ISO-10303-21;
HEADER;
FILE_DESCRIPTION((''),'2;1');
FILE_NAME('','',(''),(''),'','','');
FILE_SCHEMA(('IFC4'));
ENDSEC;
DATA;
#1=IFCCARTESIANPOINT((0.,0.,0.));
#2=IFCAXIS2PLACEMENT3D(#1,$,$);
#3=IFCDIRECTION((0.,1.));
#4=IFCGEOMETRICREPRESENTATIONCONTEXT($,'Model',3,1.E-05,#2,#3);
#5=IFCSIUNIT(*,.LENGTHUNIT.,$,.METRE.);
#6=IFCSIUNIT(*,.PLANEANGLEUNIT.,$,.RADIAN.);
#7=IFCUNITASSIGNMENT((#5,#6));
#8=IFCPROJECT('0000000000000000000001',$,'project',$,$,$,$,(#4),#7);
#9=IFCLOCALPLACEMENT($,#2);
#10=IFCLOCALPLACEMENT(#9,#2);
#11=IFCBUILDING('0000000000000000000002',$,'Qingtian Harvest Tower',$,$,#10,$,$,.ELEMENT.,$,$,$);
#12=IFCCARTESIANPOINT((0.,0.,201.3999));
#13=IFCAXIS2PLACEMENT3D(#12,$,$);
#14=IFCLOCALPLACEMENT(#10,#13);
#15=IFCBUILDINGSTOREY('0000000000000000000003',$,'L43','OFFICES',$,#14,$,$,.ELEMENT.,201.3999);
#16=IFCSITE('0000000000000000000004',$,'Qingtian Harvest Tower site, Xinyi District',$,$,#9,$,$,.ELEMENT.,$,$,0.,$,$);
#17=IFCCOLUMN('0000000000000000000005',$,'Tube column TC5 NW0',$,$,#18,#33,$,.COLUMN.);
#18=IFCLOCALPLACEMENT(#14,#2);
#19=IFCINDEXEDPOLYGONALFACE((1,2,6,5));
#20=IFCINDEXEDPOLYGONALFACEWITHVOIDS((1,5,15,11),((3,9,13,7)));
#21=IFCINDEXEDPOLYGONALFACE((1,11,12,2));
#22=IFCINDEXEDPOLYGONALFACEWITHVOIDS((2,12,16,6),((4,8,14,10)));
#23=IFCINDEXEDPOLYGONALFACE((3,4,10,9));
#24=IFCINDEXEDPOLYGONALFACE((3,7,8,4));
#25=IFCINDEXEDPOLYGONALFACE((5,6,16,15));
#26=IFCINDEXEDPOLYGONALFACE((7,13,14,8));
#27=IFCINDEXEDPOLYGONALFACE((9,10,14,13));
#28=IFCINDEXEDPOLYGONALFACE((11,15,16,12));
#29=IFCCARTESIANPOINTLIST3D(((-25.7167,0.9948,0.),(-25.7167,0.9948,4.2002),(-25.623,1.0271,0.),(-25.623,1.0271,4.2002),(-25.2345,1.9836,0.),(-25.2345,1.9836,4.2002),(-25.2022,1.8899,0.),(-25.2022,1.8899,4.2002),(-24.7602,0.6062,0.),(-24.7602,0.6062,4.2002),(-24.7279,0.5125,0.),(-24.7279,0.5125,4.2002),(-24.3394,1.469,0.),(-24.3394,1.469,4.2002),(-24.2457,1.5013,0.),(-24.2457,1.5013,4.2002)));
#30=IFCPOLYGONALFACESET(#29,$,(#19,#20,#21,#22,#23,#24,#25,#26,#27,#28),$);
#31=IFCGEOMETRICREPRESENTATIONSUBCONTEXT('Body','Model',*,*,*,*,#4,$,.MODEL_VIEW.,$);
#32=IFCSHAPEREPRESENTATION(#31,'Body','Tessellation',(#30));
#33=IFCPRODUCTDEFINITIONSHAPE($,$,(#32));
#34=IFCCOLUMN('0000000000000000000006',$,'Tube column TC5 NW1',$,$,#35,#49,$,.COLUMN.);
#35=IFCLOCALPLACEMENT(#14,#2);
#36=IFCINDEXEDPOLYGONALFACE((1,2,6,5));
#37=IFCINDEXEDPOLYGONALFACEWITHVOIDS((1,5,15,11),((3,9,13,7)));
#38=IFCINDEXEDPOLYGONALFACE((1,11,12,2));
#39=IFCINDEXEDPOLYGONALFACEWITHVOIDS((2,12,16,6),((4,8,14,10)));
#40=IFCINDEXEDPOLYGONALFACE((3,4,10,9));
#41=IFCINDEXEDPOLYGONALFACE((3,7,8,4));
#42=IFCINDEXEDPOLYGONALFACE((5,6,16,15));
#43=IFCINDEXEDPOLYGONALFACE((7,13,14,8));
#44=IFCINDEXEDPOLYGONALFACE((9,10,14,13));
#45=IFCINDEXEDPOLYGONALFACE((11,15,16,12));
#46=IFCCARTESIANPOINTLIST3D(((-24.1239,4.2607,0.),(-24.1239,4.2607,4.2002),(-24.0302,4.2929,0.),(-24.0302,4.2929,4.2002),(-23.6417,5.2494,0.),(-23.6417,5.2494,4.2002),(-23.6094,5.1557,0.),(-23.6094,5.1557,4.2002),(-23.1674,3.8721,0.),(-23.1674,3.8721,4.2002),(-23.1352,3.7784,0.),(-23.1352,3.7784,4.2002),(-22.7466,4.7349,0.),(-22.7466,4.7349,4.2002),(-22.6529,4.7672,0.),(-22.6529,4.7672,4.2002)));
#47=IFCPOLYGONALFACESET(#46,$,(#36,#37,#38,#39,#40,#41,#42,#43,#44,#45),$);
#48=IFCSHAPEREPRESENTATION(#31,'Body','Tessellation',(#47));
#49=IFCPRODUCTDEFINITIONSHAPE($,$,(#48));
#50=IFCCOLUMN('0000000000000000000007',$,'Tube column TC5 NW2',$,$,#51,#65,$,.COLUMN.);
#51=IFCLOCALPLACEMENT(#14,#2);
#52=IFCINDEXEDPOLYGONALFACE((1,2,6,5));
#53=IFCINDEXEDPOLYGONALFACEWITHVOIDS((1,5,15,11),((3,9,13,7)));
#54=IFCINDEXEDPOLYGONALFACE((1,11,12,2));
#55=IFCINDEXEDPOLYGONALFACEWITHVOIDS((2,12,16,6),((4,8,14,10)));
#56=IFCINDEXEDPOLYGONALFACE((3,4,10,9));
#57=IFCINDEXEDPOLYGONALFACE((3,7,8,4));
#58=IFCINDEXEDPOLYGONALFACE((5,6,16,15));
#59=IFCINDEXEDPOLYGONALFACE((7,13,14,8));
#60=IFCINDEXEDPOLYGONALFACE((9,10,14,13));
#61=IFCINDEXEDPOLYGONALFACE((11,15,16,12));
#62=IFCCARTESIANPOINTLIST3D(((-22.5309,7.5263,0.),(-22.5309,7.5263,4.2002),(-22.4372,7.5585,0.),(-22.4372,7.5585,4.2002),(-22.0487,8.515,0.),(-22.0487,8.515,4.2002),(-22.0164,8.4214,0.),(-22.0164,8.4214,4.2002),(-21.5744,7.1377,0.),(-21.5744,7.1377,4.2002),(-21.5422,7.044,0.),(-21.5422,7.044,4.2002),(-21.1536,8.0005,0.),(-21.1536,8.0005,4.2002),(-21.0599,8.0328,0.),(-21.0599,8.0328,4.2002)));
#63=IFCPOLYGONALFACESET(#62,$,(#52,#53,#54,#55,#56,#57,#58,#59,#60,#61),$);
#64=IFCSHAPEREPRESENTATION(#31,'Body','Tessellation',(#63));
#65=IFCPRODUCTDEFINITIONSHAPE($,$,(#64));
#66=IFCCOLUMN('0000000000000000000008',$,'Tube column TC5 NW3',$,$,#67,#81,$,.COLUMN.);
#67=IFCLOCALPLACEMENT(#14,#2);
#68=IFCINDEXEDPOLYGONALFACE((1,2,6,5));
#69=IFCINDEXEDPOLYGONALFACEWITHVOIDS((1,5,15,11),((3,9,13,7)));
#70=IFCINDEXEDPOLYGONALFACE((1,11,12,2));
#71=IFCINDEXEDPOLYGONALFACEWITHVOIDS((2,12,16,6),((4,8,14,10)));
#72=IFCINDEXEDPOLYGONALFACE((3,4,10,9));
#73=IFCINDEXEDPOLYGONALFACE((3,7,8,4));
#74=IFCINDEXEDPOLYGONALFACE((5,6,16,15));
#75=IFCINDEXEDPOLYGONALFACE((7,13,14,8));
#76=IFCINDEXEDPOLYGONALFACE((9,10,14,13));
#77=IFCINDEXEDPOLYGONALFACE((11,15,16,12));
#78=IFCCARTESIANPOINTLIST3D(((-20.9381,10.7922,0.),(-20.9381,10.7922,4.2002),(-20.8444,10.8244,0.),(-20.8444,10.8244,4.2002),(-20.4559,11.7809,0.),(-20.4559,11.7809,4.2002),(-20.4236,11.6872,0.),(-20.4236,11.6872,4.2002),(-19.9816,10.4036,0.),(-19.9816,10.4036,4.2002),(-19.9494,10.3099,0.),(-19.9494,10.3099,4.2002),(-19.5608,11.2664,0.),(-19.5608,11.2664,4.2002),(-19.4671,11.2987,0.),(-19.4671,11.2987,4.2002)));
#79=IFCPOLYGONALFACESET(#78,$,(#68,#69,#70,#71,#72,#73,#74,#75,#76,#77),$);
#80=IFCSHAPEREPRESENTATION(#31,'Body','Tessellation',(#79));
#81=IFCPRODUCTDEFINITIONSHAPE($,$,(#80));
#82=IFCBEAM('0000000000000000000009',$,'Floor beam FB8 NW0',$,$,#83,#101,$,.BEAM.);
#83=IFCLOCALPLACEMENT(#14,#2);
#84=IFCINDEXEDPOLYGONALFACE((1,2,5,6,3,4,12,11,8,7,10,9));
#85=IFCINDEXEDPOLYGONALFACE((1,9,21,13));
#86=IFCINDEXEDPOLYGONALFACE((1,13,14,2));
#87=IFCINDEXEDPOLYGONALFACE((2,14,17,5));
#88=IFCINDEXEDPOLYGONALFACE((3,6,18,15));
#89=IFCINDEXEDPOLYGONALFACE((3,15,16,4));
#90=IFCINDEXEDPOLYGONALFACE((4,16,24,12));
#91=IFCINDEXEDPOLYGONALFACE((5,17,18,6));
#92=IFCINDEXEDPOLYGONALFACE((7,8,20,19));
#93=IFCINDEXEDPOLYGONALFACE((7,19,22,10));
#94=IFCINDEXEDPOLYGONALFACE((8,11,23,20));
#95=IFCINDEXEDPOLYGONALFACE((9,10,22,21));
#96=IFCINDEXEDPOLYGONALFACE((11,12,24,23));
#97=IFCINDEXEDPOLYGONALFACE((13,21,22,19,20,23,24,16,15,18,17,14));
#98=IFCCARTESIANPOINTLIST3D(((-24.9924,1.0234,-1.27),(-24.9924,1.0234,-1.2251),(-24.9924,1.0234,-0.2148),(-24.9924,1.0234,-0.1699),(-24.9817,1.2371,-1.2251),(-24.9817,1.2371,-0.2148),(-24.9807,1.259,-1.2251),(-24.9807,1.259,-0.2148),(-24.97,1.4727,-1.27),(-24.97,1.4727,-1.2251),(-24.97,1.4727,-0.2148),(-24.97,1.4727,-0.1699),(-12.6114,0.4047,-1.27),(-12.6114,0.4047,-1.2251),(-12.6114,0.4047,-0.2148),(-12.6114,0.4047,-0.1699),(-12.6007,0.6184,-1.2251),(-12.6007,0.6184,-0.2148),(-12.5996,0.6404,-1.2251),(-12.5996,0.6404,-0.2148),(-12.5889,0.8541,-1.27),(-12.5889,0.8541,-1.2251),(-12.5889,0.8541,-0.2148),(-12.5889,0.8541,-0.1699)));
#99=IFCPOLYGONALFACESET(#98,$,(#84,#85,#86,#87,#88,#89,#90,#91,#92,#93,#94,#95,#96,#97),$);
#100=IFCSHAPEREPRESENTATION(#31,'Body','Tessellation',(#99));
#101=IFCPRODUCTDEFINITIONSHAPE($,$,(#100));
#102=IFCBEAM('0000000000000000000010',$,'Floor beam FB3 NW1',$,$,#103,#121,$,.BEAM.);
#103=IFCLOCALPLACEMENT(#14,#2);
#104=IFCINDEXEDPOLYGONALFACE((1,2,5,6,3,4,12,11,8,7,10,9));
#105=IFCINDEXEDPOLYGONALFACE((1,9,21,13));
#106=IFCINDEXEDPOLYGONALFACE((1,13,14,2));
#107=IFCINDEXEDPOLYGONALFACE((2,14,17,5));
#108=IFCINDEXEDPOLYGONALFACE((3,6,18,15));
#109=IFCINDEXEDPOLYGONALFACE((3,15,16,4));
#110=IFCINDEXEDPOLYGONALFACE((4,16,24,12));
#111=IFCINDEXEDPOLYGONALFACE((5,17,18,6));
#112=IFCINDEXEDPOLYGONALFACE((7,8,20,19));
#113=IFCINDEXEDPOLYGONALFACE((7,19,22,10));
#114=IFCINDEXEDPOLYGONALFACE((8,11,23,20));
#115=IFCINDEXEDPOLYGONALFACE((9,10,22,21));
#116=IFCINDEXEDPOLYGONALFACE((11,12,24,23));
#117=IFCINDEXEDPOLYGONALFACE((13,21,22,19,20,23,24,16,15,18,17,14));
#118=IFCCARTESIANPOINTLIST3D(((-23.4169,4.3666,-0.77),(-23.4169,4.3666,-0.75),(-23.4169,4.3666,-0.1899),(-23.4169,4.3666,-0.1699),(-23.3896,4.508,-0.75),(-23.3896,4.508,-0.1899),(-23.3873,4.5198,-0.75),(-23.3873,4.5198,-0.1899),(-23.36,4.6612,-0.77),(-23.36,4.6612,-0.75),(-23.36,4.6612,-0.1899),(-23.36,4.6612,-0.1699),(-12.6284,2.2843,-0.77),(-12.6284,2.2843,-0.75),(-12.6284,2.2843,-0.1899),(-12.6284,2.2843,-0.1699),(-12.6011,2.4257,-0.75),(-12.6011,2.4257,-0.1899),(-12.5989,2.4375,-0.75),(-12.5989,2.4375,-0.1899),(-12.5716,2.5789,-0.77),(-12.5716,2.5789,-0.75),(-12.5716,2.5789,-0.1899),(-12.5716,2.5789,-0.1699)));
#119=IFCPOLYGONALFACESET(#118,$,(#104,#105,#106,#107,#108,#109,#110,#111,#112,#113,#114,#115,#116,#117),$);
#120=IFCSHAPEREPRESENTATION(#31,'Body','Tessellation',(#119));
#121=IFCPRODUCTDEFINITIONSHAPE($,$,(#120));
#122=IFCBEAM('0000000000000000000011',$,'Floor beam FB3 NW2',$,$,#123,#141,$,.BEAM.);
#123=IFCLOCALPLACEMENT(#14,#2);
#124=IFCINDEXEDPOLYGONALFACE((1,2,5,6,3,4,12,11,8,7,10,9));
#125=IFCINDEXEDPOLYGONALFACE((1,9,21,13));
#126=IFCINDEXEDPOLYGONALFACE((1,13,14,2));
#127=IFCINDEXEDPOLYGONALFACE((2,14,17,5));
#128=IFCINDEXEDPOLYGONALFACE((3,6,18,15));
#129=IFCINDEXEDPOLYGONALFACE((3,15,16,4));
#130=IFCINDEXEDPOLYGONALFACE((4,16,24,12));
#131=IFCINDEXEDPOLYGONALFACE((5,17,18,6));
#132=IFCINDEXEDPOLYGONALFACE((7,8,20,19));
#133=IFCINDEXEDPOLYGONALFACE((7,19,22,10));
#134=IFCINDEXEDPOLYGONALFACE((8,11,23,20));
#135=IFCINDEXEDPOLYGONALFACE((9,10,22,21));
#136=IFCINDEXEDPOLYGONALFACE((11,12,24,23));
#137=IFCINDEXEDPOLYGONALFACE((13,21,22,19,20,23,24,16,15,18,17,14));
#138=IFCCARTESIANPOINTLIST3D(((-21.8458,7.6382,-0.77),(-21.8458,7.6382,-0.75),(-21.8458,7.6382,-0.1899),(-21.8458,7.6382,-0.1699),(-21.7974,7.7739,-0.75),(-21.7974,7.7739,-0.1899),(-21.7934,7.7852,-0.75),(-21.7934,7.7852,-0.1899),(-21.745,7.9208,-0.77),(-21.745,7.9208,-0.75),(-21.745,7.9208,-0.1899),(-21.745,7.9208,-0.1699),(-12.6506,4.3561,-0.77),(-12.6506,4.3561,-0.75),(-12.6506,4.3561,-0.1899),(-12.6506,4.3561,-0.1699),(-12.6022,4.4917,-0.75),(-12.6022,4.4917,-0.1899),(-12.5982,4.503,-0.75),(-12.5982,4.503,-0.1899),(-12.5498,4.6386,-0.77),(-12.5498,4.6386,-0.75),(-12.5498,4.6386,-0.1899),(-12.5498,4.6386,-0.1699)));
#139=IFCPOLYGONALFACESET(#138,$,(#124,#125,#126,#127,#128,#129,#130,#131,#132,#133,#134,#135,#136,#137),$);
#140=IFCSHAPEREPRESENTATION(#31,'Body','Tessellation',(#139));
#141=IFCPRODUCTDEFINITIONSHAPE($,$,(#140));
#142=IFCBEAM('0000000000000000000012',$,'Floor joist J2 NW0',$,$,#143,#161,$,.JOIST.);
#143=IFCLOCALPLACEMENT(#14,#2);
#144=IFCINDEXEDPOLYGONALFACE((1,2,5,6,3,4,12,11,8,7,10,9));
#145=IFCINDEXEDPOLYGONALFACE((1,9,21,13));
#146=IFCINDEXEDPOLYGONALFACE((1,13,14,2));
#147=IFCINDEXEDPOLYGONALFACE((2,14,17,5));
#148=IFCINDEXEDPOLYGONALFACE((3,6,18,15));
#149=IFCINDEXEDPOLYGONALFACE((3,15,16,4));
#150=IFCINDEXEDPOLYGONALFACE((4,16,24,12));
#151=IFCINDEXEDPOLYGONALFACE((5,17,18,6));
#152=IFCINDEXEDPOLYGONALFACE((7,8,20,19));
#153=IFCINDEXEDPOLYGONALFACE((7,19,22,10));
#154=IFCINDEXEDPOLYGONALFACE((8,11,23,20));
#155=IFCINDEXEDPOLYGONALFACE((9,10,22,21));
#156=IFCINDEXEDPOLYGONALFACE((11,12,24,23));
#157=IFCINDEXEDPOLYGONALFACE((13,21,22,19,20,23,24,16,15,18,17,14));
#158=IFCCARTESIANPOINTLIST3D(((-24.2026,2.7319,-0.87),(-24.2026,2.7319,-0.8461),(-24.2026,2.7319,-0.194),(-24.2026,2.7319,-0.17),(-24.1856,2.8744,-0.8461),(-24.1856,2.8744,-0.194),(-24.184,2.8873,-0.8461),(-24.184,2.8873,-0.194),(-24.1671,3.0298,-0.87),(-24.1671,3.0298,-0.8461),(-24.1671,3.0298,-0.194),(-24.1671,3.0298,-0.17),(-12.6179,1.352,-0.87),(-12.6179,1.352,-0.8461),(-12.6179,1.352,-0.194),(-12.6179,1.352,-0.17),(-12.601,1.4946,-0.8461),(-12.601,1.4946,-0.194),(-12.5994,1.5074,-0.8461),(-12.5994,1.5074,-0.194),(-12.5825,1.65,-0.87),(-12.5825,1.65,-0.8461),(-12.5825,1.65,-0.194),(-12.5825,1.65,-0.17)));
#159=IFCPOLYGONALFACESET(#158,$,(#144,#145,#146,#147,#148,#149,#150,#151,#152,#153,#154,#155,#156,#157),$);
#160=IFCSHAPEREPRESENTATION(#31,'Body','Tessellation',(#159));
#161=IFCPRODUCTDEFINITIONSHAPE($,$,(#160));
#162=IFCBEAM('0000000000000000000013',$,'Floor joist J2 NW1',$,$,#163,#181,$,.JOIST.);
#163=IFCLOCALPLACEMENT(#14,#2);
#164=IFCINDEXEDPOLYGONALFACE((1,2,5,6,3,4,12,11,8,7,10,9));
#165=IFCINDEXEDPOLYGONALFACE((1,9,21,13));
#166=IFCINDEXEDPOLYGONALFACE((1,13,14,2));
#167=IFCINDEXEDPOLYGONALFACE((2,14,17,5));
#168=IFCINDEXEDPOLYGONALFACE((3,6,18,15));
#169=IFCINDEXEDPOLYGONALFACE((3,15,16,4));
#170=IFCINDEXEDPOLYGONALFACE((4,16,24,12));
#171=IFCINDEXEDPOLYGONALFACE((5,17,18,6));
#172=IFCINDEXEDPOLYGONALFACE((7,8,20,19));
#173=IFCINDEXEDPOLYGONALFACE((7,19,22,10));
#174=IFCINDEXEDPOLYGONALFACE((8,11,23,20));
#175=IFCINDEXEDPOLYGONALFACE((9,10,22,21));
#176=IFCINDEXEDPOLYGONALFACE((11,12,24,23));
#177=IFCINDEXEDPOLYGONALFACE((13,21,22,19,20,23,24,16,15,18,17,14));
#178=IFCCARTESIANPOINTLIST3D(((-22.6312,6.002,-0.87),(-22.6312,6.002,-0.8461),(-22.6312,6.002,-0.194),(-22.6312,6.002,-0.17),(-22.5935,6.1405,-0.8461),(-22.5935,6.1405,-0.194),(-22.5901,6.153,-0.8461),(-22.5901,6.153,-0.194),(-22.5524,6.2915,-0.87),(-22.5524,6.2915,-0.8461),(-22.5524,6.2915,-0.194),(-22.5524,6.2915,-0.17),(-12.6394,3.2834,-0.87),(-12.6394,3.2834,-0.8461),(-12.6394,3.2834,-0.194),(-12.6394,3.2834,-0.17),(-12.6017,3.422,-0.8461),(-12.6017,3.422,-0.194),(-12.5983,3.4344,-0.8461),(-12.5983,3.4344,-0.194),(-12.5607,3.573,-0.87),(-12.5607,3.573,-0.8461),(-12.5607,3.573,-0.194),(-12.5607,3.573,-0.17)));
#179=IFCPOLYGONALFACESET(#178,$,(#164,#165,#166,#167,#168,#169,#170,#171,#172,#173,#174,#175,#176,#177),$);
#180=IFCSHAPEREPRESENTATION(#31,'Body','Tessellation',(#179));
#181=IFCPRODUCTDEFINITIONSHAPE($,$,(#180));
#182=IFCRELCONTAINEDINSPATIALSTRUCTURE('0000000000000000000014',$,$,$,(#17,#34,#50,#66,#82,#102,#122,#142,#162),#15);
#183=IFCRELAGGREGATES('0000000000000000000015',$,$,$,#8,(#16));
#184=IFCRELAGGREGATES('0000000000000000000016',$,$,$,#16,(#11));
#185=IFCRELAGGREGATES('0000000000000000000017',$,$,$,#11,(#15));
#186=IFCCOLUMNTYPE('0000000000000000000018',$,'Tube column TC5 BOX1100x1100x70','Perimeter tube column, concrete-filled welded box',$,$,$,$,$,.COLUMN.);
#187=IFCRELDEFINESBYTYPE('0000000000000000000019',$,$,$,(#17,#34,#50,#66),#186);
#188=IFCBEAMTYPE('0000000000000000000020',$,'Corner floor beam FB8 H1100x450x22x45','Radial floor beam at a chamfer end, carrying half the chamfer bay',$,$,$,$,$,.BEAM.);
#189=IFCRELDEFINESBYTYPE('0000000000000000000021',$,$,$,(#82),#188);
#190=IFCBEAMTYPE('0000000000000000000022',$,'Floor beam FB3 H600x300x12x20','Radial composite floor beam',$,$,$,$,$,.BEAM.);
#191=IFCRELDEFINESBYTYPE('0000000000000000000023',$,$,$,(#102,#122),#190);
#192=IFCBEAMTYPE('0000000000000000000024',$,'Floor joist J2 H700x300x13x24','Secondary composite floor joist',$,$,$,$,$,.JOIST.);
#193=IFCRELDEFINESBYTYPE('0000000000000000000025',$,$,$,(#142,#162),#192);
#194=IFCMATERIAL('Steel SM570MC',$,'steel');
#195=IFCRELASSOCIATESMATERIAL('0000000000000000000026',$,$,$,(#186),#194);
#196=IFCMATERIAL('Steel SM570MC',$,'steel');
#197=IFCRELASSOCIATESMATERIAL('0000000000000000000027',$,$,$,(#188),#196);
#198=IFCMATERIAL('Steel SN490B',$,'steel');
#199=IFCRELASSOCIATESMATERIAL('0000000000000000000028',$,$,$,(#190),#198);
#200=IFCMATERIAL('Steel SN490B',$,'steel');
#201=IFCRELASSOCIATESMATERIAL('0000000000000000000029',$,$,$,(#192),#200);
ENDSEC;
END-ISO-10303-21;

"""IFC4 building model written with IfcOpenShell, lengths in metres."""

from ifc_helpers import new_model, si_unit, direction, frame, origin, origin_2d, place, context, subcontext, project, spatial, hollow_rectangle, i_section, extrude, material, material_profile, profile_set, type_object, element, save


model = new_model("IFC4")

# Units and contexts
model_context = context("Model", 3, precision=1e-05, world=origin(), true_north=direction((0.0, 1.0)))
body_context = subcontext(model_context, "Body", "Model", "MODEL_VIEW")
ifc_project = project(units=[si_unit("LENGTHUNIT", "METRE"), si_unit("PLANEANGLEUNIT", "RADIAN")], contexts=[model_context])

# Site, building, storey
site_placement = place(None, origin())
site = spatial("IfcSite", under=ifc_project, at=site_placement, Name="Qingtian Harvest Tower site, Xinyi District", CompositionType="ELEMENT", RefElevation=0.0)
building_placement = place(site_placement, origin())
building = spatial("IfcBuilding", under=site, at=building_placement, Name="Qingtian Harvest Tower", CompositionType="ELEMENT")
storey_placement = place(building_placement, frame((0.0, 0.0, 201.3999)))
storey = spatial("IfcBuildingStorey", under=building, at=storey_placement, Name="L43", Description="OFFICES", CompositionType="ELEMENT", Elevation=201.3999)

# Columns
ifc_material_1 = material(Name="Steel SM570MC", Category="steel")
ifc_material_profile_1 = material_profile(ifc_material_1, hollow_rectangle(XDim=1.1001, YDim=1.1001, WallThickness=0.0701, at=origin_2d()), Name="BOX1100x1100x70")
ifc_profile_set_1 = profile_set([ifc_material_profile_1], Name="Steel SM570MC")
column_type = type_object("IfcColumnType", Name="Tube column TC5 BOX1100x1100x70", Description="Perimeter tube column, concrete-filled welded box", PredefinedType="COLUMN", material=ifc_profile_set_1)
for number, where, z_axis, x_axis, name in (
    (1, (-24.9812, 1.248, 0.0), (0.0, 0.0, 1.0), (-0.438371, -0.898794, 0.0), "Tube column TC5 NW0"),
    (2, (-23.3884, 4.5139, 0.0), (0.0, 0.0, 1.0), (-0.438371, -0.898794, 0.0), "Tube column TC5 NW1"),
    (3, (-21.7954, 7.7795, 0.0), (0.0, 0.0, 1.0), (-0.438371, -0.898794, 0.0), "Tube column TC5 NW2"),
    (4, (-20.2026, 11.0454, 0.0), (0.0, 0.0, 1.0), (-0.438371, -0.898794, 0.0), "Tube column TC5 NW3"),
):
    element("IfcColumn", number, at=place(storey_placement, frame(where, z_axis=z_axis, x_axis=x_axis)), inside=storey, type_object=column_type, Name=name, PredefinedType="COLUMN", context=body_context, shape_type="SweptSolid", body=[
        extrude(hollow_rectangle(XDim=1.1001, YDim=1.1001, WallThickness=0.0701, at=origin_2d()), origin(), (0.0, 0.0, 1.0), 4.2002),
    ])

# Beams
ifc_material_2 = material(Name="Steel SM570MC", Category="steel")
ifc_material_profile_2 = material_profile(ifc_material_2, i_section(OverallWidth=0.45, OverallDepth=1.1001, WebThickness=0.022, FlangeThickness=0.0449, at=origin_2d()), Name="H1100x450x22x45")
ifc_profile_set_2 = profile_set([ifc_material_profile_2], Name="Steel SM570MC")
beam_type_1 = type_object("IfcBeamType", Name="Corner floor beam FB8 H1100x450x22x45", Description="Radial floor beam at a chamfer end, carrying half the chamfer bay", PredefinedType="BEAM", material=ifc_profile_set_2)
beam_1_placement = place(storey_placement, frame((-24.9812, 1.248, -0.72), z_axis=(0.998754, -0.049905, 0.0), x_axis=(0.049905, 0.998754, 0.0)))
element("IfcBeam", 5, at=beam_1_placement, inside=storey, type_object=beam_type_1, Name="Floor beam FB8 NW0", PredefinedType="BEAM", context=body_context, shape_type="SweptSolid", body=[
    extrude(i_section(OverallWidth=0.45, OverallDepth=1.1001, WebThickness=0.022, FlangeThickness=0.0449, at=origin_2d()), origin(), (0.0, 0.0, 1.0), 12.3965),
])
ifc_material_3 = material(Name="Steel SN490B", Category="steel")
ifc_material_profile_3 = material_profile(ifc_material_3, i_section(OverallWidth=0.3, OverallDepth=0.6001, WebThickness=0.012, FlangeThickness=0.02, at=origin_2d()), Name="H600x300x12x20")
ifc_profile_set_3 = profile_set([ifc_material_profile_3], Name="Steel SN490B")
beam_type_2 = type_object("IfcBeamType", Name="Floor beam FB3 H600x300x12x20", Description="Radial composite floor beam", PredefinedType="BEAM", material=ifc_profile_set_3)
beam_2_placement = place(storey_placement, frame((-23.3884, 4.5139, -0.47), z_axis=(0.981878, -0.189514, 0.0), x_axis=(0.189514, 0.981878, 0.0)))
element("IfcBeam", 6, at=beam_2_placement, inside=storey, type_object=beam_type_2, Name="Floor beam FB3 NW1", PredefinedType="BEAM", context=body_context, shape_type="SweptSolid", body=[
    extrude(i_section(OverallWidth=0.3, OverallDepth=0.6001, WebThickness=0.012, FlangeThickness=0.02, at=origin_2d()), origin(), (0.0, 0.0, 1.0), 10.9875),
])
beam_3_placement = place(storey_placement, frame((-21.7954, 7.7795, -0.47), z_axis=(0.941801, -0.336172, 0.0), x_axis=(0.336172, 0.941801, 0.0)))
element("IfcBeam", 7, at=beam_3_placement, inside=storey, type_object=beam_type_2, Name="Floor beam FB3 NW2", PredefinedType="BEAM", context=body_context, shape_type="SweptSolid", body=[
    extrude(i_section(OverallWidth=0.3, OverallDepth=0.6001, WebThickness=0.012, FlangeThickness=0.02, at=origin_2d()), origin(), (0.0, 0.0, 1.0), 9.7634),
])
ifc_material_4 = material(Name="Steel SN490B", Category="steel")
ifc_material_profile_4 = material_profile(ifc_material_4, i_section(OverallWidth=0.3, OverallDepth=0.7, WebThickness=0.0129, FlangeThickness=0.0239, at=origin_2d()), Name="H700x300x13x24")
ifc_profile_set_4 = profile_set([ifc_material_profile_4], Name="Steel SN490B")
beam_type_3 = type_object("IfcBeamType", Name="Floor joist J2 H700x300x13x24", Description="Secondary composite floor joist", PredefinedType="JOIST", material=ifc_profile_set_4)
beam_4_placement = place(storey_placement, frame((-24.1848, 2.8809, -0.52), z_axis=(0.992981, -0.118276, 0.0), x_axis=(0.118276, 0.992981, 0.0)))
element("IfcBeam", 8, at=beam_4_placement, inside=storey, type_object=beam_type_3, Name="Floor joist J2 NW0", PredefinedType="JOIST", context=body_context, shape_type="SweptSolid", body=[
    extrude(i_section(OverallWidth=0.3, OverallDepth=0.7, WebThickness=0.0129, FlangeThickness=0.0239, at=origin_2d()), origin(), (0.0, 0.0, 1.0), 11.6665),
])
beam_5_placement = place(storey_placement, frame((-22.5918, 6.1467, -0.52), z_axis=(0.964923, -0.262533, 0.0), x_axis=(0.262533, 0.964923, 0.0)))
element("IfcBeam", 9, at=beam_5_placement, inside=storey, type_object=beam_type_3, Name="Floor joist J2 NW1", PredefinedType="JOIST", context=body_context, shape_type="SweptSolid", body=[
    extrude(i_section(OverallWidth=0.3, OverallDepth=0.7, WebThickness=0.0129, FlangeThickness=0.0239, at=origin_2d()), origin(), (0.0, 0.0, 1.0), 10.355),
])

save(model, "model.ifc")
